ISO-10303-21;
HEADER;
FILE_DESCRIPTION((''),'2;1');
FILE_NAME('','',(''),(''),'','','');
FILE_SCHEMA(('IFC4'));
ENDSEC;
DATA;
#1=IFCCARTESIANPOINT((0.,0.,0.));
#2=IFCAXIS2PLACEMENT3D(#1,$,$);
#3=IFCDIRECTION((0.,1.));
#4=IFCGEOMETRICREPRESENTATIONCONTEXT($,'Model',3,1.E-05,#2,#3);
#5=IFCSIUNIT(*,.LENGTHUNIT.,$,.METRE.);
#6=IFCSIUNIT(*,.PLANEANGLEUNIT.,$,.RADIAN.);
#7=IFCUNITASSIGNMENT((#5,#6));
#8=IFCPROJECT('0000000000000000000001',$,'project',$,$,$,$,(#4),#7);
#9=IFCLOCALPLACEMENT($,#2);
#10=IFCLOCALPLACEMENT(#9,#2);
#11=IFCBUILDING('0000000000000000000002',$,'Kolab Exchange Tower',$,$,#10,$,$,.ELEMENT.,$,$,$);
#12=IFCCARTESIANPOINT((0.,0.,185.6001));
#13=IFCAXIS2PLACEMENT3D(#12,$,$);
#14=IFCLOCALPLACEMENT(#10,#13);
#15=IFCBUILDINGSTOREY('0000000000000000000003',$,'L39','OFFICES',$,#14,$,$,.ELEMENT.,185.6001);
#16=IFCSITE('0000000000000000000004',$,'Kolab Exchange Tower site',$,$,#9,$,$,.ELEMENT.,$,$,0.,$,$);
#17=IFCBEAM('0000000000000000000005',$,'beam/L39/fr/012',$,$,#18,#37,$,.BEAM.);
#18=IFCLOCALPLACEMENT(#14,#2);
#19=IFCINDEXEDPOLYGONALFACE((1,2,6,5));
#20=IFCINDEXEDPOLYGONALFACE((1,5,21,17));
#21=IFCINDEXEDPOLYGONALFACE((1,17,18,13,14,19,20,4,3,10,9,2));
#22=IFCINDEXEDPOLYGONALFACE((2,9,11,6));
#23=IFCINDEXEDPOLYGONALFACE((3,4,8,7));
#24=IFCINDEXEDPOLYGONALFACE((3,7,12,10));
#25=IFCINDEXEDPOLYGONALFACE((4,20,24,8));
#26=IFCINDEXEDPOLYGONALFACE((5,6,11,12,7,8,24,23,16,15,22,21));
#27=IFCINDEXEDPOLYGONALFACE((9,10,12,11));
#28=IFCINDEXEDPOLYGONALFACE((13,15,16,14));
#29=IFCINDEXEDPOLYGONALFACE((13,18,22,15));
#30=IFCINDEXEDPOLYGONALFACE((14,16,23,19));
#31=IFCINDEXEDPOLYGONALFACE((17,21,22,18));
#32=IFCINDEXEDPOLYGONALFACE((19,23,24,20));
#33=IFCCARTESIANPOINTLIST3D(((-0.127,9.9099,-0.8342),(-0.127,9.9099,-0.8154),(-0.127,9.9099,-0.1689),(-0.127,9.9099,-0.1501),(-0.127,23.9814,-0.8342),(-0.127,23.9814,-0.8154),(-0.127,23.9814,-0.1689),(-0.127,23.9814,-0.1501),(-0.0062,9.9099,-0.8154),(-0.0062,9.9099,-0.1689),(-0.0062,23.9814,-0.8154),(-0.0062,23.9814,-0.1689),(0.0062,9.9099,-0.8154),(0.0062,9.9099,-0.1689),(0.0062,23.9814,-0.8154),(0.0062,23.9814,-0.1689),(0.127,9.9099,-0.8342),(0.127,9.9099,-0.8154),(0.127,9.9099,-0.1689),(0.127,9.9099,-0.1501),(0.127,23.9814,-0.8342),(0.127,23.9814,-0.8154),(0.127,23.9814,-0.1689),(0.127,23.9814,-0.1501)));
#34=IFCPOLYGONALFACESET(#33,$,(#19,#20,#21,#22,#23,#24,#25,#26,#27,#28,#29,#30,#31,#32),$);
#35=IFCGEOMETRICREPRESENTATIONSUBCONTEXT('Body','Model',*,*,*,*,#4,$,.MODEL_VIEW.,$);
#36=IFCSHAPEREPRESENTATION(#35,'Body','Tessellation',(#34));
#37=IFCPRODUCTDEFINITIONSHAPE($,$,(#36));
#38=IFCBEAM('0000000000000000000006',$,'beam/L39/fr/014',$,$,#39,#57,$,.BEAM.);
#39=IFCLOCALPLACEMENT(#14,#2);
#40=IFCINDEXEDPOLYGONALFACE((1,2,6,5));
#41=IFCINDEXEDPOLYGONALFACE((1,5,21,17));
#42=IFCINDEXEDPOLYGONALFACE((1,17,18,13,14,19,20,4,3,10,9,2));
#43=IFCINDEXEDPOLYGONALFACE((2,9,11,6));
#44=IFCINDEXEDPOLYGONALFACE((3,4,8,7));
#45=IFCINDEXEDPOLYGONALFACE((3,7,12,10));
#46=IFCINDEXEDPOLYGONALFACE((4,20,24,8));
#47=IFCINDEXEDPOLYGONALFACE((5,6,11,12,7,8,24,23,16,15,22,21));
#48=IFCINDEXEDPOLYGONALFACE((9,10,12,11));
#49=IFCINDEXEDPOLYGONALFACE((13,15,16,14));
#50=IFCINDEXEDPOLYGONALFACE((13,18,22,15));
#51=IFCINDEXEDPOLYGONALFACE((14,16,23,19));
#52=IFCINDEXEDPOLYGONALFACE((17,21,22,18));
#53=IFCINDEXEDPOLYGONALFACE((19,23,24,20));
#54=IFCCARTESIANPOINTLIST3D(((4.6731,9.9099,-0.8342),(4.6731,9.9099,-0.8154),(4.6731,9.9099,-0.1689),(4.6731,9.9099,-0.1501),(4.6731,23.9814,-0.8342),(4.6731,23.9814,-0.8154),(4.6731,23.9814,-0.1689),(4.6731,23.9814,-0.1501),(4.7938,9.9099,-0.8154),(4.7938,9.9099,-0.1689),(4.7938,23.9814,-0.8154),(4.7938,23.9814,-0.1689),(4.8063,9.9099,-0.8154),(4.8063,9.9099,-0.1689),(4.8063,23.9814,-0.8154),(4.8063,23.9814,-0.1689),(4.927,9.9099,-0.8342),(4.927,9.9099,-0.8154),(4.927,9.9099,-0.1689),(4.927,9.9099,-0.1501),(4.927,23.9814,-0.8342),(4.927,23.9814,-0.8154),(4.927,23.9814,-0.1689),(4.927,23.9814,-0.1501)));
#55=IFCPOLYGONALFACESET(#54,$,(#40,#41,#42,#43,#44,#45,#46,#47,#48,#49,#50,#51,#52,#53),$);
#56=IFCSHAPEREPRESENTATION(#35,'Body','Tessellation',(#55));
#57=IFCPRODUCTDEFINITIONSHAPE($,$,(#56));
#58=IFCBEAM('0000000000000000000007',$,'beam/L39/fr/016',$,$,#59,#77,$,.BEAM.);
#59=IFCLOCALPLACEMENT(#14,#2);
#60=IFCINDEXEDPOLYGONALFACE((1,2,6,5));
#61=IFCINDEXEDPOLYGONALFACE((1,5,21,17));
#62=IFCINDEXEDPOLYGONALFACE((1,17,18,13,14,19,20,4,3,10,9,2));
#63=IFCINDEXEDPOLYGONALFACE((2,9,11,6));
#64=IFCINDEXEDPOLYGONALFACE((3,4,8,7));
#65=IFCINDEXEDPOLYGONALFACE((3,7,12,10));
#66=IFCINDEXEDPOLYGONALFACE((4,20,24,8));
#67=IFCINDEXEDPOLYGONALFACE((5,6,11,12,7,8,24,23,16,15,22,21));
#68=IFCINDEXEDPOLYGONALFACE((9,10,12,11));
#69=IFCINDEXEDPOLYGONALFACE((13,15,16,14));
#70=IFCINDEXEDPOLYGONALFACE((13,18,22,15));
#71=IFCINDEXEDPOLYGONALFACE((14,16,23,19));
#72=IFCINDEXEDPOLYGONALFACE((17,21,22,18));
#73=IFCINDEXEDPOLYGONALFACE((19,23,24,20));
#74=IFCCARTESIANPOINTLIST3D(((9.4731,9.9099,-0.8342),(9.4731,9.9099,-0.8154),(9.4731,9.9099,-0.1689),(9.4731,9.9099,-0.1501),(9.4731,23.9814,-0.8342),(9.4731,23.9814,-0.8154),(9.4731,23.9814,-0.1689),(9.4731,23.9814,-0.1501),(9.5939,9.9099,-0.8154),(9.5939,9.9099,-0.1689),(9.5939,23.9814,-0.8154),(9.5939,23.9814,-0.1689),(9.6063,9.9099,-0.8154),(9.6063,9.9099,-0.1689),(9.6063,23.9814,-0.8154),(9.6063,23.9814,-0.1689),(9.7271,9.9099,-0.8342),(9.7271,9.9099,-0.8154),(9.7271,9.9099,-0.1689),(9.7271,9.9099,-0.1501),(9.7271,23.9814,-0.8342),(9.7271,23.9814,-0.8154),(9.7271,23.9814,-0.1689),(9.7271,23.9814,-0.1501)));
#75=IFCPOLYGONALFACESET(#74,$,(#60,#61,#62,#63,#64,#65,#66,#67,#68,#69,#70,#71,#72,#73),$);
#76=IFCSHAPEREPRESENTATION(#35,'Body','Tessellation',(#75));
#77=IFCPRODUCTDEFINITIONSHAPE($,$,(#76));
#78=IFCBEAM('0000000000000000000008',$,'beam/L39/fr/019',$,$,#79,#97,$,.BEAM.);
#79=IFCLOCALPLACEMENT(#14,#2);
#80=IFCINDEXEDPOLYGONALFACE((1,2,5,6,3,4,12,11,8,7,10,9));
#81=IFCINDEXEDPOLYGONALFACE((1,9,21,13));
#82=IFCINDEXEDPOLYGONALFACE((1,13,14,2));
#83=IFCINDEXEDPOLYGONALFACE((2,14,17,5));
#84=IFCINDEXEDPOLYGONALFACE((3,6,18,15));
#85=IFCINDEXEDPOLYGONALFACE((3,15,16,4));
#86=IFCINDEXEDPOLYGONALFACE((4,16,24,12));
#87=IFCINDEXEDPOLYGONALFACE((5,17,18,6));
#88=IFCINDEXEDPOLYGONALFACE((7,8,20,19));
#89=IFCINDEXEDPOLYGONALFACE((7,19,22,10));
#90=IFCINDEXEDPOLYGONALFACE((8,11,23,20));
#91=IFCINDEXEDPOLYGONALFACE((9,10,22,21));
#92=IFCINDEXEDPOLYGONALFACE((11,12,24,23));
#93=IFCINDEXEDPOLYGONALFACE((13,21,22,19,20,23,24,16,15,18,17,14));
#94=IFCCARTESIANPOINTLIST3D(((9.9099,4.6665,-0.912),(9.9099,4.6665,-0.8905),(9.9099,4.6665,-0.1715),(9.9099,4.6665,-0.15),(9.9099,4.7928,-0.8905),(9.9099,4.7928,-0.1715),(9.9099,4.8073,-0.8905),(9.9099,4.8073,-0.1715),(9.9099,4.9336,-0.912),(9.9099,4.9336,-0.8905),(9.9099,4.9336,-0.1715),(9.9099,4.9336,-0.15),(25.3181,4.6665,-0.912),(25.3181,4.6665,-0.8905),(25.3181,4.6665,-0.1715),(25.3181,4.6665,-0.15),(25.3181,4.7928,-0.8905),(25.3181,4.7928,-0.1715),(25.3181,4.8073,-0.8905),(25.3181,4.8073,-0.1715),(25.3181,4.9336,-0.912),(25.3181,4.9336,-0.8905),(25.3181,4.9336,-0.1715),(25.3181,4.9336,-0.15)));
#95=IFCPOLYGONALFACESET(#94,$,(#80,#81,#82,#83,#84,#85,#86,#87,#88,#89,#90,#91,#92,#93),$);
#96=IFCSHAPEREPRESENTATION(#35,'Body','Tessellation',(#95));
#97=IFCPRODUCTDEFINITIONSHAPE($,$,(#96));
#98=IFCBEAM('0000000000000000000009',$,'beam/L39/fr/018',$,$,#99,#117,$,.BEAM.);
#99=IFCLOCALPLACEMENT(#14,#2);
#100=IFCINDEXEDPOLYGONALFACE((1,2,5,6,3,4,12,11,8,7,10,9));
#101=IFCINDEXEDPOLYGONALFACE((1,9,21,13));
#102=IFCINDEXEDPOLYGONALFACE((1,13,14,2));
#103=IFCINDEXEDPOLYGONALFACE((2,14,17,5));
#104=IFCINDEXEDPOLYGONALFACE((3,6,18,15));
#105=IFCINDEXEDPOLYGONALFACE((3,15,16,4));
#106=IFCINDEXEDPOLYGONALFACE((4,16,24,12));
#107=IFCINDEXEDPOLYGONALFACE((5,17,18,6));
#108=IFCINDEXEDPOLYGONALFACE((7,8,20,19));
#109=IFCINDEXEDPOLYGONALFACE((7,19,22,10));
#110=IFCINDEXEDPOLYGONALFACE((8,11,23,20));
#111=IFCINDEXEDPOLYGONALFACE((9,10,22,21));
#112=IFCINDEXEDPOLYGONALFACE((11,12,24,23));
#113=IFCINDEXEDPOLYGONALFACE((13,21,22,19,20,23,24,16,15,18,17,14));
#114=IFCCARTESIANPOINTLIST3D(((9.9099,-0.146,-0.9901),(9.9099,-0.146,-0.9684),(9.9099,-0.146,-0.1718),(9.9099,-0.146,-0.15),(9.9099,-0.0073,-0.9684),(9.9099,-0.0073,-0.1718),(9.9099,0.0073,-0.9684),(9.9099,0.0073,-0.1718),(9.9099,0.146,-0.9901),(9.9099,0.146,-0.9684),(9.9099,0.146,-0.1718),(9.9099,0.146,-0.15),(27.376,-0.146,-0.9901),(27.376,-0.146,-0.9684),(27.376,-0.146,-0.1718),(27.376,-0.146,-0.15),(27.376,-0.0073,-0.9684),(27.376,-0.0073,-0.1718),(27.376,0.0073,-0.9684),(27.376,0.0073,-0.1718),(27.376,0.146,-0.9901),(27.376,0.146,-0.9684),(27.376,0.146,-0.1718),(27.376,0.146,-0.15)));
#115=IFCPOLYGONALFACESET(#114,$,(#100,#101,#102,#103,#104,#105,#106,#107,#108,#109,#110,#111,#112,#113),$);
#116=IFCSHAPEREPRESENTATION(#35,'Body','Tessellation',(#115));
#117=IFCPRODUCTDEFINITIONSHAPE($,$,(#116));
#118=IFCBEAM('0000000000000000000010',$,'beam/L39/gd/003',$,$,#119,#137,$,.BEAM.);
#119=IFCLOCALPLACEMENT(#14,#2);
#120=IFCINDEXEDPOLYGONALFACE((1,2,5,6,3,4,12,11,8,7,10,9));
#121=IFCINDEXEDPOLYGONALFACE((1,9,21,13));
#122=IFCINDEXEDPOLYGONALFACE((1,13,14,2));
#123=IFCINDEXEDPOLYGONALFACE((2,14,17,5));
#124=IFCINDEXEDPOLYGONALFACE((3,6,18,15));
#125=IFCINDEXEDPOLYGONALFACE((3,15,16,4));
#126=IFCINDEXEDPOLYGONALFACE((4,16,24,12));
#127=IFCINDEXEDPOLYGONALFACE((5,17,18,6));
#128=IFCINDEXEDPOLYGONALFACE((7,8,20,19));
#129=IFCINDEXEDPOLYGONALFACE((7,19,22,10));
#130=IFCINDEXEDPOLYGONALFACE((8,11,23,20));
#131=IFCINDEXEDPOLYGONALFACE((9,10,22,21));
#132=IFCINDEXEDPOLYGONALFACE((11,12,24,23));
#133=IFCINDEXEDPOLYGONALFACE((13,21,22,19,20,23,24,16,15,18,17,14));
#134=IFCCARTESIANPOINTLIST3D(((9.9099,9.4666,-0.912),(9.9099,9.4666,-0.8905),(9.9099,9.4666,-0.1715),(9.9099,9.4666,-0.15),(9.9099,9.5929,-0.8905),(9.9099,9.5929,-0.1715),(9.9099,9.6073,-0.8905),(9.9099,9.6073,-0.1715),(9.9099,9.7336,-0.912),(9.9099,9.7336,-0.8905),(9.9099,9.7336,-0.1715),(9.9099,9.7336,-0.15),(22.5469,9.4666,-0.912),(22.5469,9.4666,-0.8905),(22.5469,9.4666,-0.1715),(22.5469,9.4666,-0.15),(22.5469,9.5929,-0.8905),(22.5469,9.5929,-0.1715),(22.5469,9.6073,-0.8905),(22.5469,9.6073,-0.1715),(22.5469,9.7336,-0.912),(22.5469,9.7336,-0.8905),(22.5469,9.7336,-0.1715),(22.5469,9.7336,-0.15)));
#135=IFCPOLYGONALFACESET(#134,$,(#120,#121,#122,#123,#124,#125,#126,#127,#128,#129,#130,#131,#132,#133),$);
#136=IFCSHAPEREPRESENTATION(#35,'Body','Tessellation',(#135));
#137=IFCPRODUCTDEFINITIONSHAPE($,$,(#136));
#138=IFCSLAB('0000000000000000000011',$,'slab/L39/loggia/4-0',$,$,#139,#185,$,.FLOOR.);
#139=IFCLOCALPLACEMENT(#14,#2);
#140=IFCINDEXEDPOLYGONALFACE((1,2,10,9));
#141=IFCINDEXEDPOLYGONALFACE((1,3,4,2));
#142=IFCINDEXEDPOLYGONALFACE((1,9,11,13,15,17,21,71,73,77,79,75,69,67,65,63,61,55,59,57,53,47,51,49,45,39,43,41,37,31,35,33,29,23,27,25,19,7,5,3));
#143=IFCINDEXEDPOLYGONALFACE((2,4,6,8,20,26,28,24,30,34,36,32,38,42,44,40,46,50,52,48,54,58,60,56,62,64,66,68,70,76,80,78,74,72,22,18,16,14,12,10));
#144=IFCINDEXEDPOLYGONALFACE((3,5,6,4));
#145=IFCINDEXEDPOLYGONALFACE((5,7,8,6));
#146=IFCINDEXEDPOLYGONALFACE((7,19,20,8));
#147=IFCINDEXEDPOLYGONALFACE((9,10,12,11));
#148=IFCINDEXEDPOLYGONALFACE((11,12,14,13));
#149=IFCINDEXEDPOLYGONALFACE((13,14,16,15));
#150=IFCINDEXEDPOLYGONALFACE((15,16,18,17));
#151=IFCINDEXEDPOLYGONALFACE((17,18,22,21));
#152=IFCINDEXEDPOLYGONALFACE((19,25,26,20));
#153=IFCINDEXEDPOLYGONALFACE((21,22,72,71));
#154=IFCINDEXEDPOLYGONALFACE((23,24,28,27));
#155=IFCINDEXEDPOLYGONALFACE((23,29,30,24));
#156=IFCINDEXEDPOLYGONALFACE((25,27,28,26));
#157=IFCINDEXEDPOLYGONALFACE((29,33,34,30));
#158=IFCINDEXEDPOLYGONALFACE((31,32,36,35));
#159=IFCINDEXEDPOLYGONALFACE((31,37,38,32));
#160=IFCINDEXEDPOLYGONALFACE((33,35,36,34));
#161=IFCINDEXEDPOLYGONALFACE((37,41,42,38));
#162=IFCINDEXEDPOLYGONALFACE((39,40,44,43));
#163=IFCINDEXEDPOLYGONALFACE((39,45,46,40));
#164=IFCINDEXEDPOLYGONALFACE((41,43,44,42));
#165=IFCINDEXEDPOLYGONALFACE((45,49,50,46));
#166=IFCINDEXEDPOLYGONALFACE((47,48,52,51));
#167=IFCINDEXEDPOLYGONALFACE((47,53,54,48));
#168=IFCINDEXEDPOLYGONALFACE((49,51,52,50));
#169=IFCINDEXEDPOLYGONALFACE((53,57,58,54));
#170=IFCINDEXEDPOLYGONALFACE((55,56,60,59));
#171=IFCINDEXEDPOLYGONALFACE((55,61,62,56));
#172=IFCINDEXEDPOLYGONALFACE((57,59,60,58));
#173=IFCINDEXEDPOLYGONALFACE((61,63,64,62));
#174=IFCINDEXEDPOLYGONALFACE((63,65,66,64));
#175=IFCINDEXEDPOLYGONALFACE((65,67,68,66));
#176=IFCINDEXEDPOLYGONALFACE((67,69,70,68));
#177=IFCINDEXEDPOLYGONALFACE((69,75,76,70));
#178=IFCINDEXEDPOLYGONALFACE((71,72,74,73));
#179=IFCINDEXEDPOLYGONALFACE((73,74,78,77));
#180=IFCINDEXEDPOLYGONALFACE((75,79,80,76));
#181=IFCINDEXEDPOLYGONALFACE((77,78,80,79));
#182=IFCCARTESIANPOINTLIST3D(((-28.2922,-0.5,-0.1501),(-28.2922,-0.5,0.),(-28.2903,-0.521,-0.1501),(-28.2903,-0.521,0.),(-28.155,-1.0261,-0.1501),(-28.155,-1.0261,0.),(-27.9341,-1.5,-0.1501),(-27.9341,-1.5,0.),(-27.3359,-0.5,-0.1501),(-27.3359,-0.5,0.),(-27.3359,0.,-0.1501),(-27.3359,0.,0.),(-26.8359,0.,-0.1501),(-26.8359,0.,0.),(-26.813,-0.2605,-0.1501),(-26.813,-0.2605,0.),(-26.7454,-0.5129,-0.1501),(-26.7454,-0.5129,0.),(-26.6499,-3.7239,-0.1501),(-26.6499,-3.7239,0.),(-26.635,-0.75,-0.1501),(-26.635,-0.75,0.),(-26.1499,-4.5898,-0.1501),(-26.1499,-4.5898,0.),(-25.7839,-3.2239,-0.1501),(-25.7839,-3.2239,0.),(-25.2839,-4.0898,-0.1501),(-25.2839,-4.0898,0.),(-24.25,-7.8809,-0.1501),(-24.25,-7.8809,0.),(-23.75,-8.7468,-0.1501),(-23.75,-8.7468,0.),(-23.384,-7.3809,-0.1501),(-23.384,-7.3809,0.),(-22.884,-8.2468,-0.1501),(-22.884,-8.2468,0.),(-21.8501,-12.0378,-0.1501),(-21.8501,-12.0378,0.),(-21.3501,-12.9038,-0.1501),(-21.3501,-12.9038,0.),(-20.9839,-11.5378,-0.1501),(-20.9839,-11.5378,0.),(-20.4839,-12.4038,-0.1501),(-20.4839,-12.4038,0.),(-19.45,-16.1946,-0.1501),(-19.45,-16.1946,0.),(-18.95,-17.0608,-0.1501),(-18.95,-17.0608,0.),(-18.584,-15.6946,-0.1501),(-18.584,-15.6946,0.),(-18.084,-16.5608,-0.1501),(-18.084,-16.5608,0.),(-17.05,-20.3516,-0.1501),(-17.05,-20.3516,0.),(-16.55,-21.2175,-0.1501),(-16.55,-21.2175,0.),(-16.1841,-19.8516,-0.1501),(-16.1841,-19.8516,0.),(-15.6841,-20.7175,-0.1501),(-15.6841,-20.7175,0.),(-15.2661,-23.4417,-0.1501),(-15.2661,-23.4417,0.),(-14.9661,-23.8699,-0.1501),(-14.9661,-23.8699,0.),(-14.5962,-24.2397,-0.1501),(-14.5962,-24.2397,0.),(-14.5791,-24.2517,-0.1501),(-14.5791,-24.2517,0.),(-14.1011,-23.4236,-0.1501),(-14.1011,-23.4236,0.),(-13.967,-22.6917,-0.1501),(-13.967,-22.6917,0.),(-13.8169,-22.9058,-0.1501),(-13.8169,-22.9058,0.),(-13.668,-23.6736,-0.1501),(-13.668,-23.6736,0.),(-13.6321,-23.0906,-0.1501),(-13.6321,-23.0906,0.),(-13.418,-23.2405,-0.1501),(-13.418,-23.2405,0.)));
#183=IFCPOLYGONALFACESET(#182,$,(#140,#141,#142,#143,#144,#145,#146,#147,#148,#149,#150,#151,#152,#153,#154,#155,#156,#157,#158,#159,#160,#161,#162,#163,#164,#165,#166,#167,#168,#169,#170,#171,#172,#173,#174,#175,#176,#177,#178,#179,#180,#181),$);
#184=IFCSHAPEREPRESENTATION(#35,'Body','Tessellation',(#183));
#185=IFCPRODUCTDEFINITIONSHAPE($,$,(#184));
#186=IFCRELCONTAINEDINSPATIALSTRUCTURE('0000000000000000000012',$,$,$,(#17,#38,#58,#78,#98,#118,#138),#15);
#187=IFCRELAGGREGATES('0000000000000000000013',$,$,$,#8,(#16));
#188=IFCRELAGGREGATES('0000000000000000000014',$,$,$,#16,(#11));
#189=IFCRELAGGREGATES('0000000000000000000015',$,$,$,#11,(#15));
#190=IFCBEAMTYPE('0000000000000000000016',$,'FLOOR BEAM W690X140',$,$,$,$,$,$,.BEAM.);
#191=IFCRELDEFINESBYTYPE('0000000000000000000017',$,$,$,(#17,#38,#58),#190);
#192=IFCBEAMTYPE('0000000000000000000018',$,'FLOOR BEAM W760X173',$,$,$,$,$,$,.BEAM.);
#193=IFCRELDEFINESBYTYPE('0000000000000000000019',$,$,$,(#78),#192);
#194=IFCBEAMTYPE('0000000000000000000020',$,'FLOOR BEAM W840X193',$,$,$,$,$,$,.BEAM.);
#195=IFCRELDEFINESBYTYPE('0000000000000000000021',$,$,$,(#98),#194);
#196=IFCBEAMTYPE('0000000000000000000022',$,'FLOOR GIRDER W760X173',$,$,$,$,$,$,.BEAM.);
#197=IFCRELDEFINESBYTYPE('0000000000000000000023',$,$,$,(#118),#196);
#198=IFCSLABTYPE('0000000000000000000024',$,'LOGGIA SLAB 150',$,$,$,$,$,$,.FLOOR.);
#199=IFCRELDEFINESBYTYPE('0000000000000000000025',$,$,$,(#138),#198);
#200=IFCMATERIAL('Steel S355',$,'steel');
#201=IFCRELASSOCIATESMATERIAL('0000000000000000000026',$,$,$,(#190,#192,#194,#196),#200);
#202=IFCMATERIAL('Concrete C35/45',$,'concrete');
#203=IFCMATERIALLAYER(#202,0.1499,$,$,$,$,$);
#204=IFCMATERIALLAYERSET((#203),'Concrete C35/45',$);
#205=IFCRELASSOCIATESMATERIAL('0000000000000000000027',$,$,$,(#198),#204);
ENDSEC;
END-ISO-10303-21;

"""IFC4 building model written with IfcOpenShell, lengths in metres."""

from ifc_helpers import new_model, si_unit, direction, frame, origin, origin_2d, place, context, subcontext, project, spatial, polyline, i_section, outline, extrude, material, layer, layer_set, material_profile, profile_set, type_object, element, save


model = new_model("IFC4")

# Units and contexts
model_context = context("Model", 3, precision=1e-05, world=origin(), true_north=direction((0.0, 1.0)))
body_context = subcontext(model_context, "Body", "Model", "MODEL_VIEW")
ifc_project = project(units=[si_unit("LENGTHUNIT", "METRE"), si_unit("PLANEANGLEUNIT", "RADIAN")], contexts=[model_context])

# Site, building, storey
site_placement = place(None, origin())
site = spatial("IfcSite", under=ifc_project, at=site_placement, Name="Kolab Exchange Tower site", CompositionType="ELEMENT", RefElevation=0.0)
building_placement = place(site_placement, origin())
building = spatial("IfcBuilding", under=site, at=building_placement, Name="Kolab Exchange Tower", CompositionType="ELEMENT")
storey_placement = place(building_placement, frame((0.0, 0.0, 185.6001)))
storey = spatial("IfcBuildingStorey", under=building, at=storey_placement, Name="L39", Description="OFFICES", CompositionType="ELEMENT", Elevation=185.6001)

# Beams
ifc_material_1 = material(Name="Steel S355", Category="steel")
ifc_material_profile_1 = material_profile(ifc_material_1, i_section(OverallWidth=0.2539, OverallDepth=0.6841, WebThickness=0.0125, FlangeThickness=0.0188, at=origin_2d()), Name="W690X140")
ifc_profile_set_1 = profile_set([ifc_material_profile_1], Name="Steel S355")
beam_type_1 = type_object("IfcBeamType", Name="FLOOR BEAM W690X140", PredefinedType="BEAM", material=ifc_profile_set_1)
for number, where, z_axis, x_axis, name in (
    (1, (0.0, 9.9099, -0.4922), (0.0, 1.0, 0.0), (-1.0, 0.0, 0.0), "beam/L39/fr/012"),
    (2, (4.8, 9.9099, -0.4922), (0.0, 1.0, 0.0), (-1.0, 0.0, 0.0), "beam/L39/fr/014"),
    (3, (9.6001, 9.9099, -0.4922), (0.0, 1.0, 0.0), (-1.0, 0.0, 0.0), "beam/L39/fr/016"),
):
    element("IfcBeam", number, at=place(storey_placement, frame(where, z_axis=z_axis, x_axis=x_axis)), inside=storey, type_object=beam_type_1, Name=name, PredefinedType="BEAM", context=body_context, shape_type="SweptSolid", body=[
        extrude(i_section(OverallWidth=0.2539, OverallDepth=0.6841, WebThickness=0.0125, FlangeThickness=0.0188, at=origin_2d()), origin(), (0.0, 0.0, 1.0), 14.0715),
    ])
ifc_material_profile_2 = material_profile(ifc_material_1, i_section(OverallWidth=0.2671, OverallDepth=0.762, WebThickness=0.0144, FlangeThickness=0.0215, at=origin_2d()), Name="W760X173")
ifc_profile_set_2 = profile_set([ifc_material_profile_2], Name="Steel S355")
beam_type_2 = type_object("IfcBeamType", Name="FLOOR BEAM W760X173", PredefinedType="BEAM", material=ifc_profile_set_2)
beam_1_placement = place(storey_placement, frame((9.9099, 4.8, -0.531), z_axis=(1.0, 0.0, 0.0), x_axis=(0.0, 1.0, 0.0)))
element("IfcBeam", 4, at=beam_1_placement, inside=storey, type_object=beam_type_2, Name="beam/L39/fr/019", PredefinedType="BEAM", context=body_context, shape_type="SweptSolid", body=[
    extrude(i_section(OverallWidth=0.2671, OverallDepth=0.762, WebThickness=0.0144, FlangeThickness=0.0215, at=origin_2d()), origin(), (0.0, 0.0, 1.0), 15.4082),
])
ifc_material_profile_3 = material_profile(ifc_material_1, i_section(OverallWidth=0.292, OverallDepth=0.8401, WebThickness=0.0146, FlangeThickness=0.0217, at=origin_2d()), Name="W840X193")
ifc_profile_set_3 = profile_set([ifc_material_profile_3], Name="Steel S355")
beam_type_3 = type_object("IfcBeamType", Name="FLOOR BEAM W840X193", PredefinedType="BEAM", material=ifc_profile_set_3)
beam_2_placement = place(storey_placement, frame((9.9099, 0.0, -0.5701), z_axis=(1.0, 0.0, 0.0), x_axis=(0.0, 1.0, 0.0)))
element("IfcBeam", 5, at=beam_2_placement, inside=storey, type_object=beam_type_3, Name="beam/L39/fr/018", PredefinedType="BEAM", context=body_context, shape_type="SweptSolid", body=[
    extrude(i_section(OverallWidth=0.292, OverallDepth=0.8401, WebThickness=0.0146, FlangeThickness=0.0217, at=origin_2d()), origin(), (0.0, 0.0, 1.0), 17.4661),
])
ifc_material_profile_4 = material_profile(ifc_material_1, i_section(OverallWidth=0.2671, OverallDepth=0.762, WebThickness=0.0144, FlangeThickness=0.0215, at=origin_2d()), Name="W760X173")
ifc_profile_set_4 = profile_set([ifc_material_profile_4], Name="Steel S355")
beam_type_4 = type_object("IfcBeamType", Name="FLOOR GIRDER W760X173", PredefinedType="BEAM", material=ifc_profile_set_4)
beam_3_placement = place(storey_placement, frame((9.9099, 9.6001, -0.531), z_axis=(1.0, 0.0, 0.0), x_axis=(0.0, 1.0, 0.0)))
element("IfcBeam", 6, at=beam_3_placement, inside=storey, type_object=beam_type_4, Name="beam/L39/gd/003", PredefinedType="BEAM", context=body_context, shape_type="SweptSolid", body=[
    extrude(i_section(OverallWidth=0.2671, OverallDepth=0.762, WebThickness=0.0144, FlangeThickness=0.0215, at=origin_2d()), origin(), (0.0, 0.0, 1.0), 12.637),
])

# Slab
ifc_material_2 = material(Name="Concrete C35/45", Category="concrete")
ifc_layer_1 = layer(ifc_material_2, 0.1499)
ifc_layer_set_1 = layer_set([ifc_layer_1], Name="Concrete C35/45")
slab_type_1 = type_object("IfcSlabType", Name="LOGGIA SLAB 150", PredefinedType="FLOOR", material=ifc_layer_set_1)
slab_1_placement = place(storey_placement, frame((0.0, 0.0, -0.1501)))
element("IfcSlab", 7, at=slab_1_placement, inside=storey, type_object=slab_type_1, Name="slab/L39/loggia/4-0", PredefinedType="FLOOR", context=body_context, shape_type="SweptSolid", body=[
    extrude(outline(polyline([(-26.8359, 0.0), (-27.3359, 0.0), (-27.3359, -0.5), (-28.2922, -0.5), (-28.2903, -0.521), (-28.155, -1.0261), (-27.9341, -1.5), (-26.6499, -3.7239), (-25.7839, -3.2239), (-25.2839, -4.0898), (-26.1499, -4.5898), (-24.25, -7.8809), (-23.384, -7.3809), (-22.884, -8.2468), (-23.75, -8.7468), (-21.8501, -12.0378), (-20.9839, -11.5378), (-20.4839, -12.4038), (-21.3501, -12.9038), (-19.45, -16.1946), (-18.584, -15.6946), (-18.084, -16.5608), (-18.95, -17.0608), (-17.05, -20.3516), (-16.1841, -19.8516), (-15.6841, -20.7175), (-16.55, -21.2175), (-15.2661, -23.4417), (-14.9661, -23.8699), (-14.5962, -24.2397), (-14.5791, -24.2517), (-14.1011, -23.4236), (-13.668, -23.6736), (-13.418, -23.2405), (-13.6321, -23.0906), (-13.8169, -22.9058), (-13.967, -22.6917), (-26.635, -0.75), (-26.7454, -0.5129), (-26.813, -0.2605), (-26.8359, 0.0)])), origin(), (0.0, 0.0, 1.0), 0.1501),
])

save(model, "model.ifc")
